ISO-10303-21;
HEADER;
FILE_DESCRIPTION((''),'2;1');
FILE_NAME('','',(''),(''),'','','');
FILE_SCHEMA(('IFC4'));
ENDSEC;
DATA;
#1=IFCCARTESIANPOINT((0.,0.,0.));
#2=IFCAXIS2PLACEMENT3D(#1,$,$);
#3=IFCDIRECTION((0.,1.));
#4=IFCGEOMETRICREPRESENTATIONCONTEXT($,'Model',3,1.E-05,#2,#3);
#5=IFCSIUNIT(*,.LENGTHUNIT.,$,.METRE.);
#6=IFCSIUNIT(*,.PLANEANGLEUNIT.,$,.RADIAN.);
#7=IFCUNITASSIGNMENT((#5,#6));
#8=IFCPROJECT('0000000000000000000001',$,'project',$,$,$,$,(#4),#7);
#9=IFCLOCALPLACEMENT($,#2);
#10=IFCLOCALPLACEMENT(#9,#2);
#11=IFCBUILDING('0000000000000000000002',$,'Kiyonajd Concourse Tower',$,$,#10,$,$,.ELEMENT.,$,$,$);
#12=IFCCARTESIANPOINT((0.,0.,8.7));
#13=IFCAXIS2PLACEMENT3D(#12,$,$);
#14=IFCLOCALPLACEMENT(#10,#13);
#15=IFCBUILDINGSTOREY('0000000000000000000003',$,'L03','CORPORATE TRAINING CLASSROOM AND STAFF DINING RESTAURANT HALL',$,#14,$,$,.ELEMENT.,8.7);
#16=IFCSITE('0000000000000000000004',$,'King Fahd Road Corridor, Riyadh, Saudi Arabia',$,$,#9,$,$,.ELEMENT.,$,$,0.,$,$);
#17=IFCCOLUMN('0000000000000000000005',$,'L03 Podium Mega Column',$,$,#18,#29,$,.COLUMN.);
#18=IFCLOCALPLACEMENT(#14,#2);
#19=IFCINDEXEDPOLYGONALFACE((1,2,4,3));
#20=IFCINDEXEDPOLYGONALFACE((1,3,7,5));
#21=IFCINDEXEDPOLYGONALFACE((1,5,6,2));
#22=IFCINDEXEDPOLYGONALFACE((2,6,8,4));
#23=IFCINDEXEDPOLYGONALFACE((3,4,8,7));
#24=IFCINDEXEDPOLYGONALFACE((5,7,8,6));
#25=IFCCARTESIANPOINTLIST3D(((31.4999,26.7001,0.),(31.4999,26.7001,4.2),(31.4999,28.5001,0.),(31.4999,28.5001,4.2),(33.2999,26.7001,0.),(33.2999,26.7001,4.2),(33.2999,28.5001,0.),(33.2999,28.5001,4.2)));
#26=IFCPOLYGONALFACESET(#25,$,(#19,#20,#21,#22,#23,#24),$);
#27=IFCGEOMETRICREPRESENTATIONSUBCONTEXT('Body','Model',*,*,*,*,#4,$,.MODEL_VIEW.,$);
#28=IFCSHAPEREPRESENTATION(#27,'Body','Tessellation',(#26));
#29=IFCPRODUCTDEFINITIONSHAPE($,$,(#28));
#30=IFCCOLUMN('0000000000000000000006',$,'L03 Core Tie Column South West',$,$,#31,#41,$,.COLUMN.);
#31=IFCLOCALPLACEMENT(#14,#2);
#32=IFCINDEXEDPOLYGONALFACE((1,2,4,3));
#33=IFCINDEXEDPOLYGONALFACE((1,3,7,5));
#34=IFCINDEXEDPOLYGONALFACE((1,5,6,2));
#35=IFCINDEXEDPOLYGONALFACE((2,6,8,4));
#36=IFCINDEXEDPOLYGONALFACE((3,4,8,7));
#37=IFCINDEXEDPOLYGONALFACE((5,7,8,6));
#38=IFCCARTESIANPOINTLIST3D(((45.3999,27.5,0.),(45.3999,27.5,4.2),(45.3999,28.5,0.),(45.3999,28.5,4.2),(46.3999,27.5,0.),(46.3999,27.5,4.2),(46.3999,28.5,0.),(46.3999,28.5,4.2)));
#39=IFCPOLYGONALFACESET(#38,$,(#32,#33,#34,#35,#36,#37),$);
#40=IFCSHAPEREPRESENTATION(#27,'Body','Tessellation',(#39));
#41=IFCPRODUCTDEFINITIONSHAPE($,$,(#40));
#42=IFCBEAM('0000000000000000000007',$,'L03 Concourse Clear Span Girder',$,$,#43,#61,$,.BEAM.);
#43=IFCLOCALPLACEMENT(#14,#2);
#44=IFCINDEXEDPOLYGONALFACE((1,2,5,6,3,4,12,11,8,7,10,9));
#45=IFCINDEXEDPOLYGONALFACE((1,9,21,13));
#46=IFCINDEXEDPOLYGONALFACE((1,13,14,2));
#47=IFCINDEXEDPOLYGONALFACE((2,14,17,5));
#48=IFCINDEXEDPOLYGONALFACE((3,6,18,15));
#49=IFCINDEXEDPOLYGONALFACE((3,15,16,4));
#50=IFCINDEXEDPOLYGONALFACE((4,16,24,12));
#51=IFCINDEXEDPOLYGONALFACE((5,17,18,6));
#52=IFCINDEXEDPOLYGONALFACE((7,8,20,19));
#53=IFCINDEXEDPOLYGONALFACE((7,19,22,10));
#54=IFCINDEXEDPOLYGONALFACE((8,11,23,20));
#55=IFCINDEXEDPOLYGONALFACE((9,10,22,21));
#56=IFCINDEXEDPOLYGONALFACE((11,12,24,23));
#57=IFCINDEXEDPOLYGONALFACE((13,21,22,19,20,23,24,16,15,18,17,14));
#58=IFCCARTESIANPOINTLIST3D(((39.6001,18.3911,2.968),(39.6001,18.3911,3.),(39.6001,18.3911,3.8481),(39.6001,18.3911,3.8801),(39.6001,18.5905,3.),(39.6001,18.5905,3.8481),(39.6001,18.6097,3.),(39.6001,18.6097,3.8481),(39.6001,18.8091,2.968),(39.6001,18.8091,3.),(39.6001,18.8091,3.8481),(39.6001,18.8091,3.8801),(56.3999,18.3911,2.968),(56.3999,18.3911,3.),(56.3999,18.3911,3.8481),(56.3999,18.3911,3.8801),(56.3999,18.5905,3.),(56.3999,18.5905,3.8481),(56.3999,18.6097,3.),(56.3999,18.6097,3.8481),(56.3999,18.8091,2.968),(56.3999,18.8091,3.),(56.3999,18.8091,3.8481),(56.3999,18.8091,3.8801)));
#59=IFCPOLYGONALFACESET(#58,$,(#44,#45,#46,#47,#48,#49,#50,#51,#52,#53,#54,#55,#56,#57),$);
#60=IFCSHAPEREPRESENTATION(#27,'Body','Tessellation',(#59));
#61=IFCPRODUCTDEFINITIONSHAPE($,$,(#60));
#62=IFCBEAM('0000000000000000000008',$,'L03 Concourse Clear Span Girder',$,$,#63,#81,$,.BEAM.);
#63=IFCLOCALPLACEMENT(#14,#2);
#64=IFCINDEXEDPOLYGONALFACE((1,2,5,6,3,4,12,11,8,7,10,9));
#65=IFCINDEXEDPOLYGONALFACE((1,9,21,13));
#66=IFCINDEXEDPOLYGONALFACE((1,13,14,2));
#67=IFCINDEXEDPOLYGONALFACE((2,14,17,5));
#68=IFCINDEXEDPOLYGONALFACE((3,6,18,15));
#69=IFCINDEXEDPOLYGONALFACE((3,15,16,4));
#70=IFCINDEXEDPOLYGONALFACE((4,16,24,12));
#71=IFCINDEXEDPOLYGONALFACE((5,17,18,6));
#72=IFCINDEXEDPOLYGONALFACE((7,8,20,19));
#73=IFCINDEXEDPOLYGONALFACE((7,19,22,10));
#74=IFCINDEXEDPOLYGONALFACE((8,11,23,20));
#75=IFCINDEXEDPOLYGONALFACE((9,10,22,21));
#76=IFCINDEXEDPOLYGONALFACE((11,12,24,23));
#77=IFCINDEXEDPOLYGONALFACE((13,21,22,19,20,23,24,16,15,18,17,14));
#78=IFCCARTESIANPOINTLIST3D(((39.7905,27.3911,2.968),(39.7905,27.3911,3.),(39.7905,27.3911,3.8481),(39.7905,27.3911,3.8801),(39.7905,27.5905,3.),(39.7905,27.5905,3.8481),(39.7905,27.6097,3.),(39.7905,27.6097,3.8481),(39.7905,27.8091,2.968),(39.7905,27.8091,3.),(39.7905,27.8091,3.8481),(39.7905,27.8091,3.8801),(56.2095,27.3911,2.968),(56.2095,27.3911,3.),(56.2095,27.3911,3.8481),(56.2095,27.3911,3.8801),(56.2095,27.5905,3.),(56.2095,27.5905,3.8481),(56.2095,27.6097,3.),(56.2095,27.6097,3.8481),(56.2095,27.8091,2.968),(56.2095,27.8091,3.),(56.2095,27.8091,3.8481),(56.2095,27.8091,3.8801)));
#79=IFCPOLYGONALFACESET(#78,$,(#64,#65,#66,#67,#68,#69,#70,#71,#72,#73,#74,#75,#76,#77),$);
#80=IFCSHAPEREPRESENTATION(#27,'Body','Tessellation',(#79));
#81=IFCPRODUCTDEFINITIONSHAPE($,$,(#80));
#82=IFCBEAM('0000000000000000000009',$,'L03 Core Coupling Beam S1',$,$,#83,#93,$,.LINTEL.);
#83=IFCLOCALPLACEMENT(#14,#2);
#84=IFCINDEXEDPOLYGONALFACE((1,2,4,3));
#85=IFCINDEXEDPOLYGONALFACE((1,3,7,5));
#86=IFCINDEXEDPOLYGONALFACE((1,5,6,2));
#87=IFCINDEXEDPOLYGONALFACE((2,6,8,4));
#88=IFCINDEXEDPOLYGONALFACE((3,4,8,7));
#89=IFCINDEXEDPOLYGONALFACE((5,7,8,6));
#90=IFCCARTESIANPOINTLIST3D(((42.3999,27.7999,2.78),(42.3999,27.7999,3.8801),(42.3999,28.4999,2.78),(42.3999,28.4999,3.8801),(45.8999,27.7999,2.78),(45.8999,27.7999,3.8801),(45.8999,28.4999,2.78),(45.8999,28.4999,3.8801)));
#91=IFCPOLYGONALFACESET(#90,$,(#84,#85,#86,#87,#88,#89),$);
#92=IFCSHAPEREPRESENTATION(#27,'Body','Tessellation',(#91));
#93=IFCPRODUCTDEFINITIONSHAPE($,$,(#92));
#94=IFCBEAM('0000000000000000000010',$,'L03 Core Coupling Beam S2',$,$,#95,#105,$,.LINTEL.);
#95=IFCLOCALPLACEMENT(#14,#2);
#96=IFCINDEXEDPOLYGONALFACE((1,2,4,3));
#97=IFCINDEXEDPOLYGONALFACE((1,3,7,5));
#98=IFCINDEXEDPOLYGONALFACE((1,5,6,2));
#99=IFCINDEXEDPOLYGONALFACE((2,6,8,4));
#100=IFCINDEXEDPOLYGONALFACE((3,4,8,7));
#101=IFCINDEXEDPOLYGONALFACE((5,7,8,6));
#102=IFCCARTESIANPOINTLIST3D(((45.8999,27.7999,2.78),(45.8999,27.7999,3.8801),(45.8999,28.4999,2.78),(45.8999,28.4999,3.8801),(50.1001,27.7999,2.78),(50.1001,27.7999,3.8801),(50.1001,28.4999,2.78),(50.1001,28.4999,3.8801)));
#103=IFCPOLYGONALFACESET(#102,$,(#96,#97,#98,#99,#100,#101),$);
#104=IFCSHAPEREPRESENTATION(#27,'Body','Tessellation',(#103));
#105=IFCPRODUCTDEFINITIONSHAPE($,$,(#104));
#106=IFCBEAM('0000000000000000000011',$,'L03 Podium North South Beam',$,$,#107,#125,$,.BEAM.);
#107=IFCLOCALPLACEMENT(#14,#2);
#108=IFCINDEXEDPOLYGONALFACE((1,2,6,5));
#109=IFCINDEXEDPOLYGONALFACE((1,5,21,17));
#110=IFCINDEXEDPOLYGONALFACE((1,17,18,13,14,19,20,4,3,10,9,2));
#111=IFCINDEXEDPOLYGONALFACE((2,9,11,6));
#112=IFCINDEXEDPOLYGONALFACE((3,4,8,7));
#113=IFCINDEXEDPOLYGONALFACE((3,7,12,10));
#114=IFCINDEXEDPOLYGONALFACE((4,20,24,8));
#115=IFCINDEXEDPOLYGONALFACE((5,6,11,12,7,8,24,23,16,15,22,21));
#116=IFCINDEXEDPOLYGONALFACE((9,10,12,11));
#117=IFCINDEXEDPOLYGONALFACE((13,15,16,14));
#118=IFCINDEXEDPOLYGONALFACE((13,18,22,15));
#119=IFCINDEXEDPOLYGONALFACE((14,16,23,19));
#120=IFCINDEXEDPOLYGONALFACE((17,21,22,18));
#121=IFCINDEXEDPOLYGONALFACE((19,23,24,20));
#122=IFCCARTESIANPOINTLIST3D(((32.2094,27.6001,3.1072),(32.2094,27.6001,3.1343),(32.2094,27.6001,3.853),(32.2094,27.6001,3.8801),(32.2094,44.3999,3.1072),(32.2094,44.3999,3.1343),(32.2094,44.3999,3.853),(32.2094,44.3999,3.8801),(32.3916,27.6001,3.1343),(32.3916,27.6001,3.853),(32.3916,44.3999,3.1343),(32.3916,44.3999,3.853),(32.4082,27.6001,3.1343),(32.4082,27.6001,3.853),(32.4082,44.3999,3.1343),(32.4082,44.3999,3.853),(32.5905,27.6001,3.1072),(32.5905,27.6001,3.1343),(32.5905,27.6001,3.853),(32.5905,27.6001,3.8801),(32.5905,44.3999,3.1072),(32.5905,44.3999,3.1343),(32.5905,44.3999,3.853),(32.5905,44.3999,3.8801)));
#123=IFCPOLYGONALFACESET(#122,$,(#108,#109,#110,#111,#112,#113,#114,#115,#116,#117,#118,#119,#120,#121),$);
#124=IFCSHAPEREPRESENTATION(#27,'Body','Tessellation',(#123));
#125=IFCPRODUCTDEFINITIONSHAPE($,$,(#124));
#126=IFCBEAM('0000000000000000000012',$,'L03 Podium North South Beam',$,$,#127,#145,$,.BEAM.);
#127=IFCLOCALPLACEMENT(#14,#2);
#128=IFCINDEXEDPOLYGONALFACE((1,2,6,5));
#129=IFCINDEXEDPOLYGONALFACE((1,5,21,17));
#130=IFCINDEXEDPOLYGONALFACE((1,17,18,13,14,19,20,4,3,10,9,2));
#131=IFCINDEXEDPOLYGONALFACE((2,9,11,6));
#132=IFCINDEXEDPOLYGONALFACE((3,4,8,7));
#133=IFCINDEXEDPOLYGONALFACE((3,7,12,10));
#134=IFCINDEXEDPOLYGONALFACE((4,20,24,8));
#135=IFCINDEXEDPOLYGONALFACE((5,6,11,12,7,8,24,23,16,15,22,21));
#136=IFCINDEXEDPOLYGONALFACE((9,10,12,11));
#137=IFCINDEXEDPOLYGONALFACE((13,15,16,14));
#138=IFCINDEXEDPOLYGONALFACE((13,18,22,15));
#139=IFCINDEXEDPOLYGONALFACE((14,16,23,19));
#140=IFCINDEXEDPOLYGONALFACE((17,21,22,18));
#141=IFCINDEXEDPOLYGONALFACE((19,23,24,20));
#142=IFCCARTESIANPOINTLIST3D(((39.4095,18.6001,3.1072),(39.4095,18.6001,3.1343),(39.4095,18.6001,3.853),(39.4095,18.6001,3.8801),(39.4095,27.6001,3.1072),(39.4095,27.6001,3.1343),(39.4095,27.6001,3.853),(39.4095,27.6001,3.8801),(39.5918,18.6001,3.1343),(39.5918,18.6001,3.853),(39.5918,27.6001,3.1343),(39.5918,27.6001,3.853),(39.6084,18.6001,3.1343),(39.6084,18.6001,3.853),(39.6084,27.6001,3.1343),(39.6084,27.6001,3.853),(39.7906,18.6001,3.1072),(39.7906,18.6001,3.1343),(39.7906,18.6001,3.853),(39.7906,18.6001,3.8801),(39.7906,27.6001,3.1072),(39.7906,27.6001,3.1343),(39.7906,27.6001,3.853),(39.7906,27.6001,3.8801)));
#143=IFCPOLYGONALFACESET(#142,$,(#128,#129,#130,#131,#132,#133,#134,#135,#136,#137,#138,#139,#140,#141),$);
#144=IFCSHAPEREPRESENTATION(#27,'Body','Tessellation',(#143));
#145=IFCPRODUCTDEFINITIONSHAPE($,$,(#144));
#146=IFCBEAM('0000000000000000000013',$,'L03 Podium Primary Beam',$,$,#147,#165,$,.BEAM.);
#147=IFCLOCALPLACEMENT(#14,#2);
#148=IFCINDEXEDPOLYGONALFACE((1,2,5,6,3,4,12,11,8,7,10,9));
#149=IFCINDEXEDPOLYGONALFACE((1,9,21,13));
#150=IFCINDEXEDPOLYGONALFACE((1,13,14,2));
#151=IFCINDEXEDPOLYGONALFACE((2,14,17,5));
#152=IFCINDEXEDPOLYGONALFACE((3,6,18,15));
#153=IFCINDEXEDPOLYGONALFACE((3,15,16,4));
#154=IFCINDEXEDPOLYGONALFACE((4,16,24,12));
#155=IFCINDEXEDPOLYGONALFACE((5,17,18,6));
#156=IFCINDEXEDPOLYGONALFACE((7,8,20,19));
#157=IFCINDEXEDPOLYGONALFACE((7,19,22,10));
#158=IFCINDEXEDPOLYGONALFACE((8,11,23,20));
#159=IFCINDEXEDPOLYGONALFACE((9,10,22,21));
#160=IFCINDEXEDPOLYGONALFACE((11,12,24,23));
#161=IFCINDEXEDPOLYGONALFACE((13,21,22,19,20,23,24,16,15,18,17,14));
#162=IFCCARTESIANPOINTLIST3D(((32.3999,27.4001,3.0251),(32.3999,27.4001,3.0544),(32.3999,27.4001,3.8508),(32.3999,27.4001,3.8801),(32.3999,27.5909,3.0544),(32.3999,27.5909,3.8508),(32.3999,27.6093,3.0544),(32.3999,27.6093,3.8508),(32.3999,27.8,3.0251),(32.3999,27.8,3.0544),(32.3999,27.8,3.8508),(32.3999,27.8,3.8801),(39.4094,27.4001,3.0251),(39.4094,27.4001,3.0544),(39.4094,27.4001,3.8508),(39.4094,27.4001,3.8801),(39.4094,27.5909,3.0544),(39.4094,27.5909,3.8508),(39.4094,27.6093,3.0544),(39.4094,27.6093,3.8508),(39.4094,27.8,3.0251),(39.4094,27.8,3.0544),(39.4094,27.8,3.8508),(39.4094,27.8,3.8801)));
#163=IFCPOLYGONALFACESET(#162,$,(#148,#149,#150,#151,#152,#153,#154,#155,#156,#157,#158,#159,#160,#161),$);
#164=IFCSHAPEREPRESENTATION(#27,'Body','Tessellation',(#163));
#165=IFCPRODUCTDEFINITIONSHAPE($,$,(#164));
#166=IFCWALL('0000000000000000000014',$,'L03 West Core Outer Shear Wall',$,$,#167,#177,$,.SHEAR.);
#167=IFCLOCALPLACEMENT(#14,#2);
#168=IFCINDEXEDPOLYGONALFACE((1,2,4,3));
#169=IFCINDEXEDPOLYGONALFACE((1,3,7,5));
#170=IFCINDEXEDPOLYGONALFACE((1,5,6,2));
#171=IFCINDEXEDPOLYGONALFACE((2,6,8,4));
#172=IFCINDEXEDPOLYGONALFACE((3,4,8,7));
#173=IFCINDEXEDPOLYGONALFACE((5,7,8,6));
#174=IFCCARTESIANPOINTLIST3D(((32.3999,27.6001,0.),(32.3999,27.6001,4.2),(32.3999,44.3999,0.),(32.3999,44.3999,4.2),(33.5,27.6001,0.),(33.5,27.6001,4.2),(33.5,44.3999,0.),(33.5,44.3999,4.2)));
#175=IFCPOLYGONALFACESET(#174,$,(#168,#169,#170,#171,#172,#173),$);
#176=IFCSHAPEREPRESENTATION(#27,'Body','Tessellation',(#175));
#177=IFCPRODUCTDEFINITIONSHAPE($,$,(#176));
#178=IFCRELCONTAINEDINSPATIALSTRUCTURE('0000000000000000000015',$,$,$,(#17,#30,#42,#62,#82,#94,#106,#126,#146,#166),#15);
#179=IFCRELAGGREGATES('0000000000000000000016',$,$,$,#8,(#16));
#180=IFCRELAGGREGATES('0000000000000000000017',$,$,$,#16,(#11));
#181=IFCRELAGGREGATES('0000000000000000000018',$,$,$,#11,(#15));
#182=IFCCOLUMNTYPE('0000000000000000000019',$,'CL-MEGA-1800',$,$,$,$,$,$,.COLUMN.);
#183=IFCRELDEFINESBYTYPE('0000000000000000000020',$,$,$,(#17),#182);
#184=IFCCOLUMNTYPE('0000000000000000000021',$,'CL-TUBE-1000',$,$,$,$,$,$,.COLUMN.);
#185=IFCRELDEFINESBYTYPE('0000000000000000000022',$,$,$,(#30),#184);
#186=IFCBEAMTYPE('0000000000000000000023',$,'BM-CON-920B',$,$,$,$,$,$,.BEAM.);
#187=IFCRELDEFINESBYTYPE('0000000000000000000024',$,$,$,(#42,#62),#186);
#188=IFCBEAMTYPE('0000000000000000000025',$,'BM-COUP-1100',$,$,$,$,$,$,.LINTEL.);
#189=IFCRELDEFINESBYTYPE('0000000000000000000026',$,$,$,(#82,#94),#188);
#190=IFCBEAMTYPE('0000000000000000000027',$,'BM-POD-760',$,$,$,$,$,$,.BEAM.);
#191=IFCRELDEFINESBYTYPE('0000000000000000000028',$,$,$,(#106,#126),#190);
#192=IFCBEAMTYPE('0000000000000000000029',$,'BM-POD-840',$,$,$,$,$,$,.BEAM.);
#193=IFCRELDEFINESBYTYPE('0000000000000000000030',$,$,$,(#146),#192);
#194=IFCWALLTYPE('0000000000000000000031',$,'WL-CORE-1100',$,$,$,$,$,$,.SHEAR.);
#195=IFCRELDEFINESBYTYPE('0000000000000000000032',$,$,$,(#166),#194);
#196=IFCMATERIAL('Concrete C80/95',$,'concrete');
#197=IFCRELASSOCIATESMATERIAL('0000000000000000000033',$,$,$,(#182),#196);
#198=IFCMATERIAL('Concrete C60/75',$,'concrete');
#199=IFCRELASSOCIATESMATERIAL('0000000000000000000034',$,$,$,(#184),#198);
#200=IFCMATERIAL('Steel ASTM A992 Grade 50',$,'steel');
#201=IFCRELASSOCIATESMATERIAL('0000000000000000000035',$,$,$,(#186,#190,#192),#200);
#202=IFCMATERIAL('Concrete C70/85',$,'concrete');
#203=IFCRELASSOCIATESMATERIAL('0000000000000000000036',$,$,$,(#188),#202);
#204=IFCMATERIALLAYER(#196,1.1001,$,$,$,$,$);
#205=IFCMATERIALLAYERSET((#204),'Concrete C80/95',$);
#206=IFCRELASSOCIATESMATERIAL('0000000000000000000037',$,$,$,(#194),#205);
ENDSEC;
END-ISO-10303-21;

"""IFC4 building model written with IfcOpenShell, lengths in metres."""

from ifc_helpers import new_model, si_unit, direction, frame, frame_2d, origin, origin_2d, place, context, subcontext, project, spatial, rectangle, i_section, extrude, material, layer, layer_set, material_profile, profile_set, type_object, element, save


model = new_model("IFC4")

# Units and contexts
model_context = context("Model", 3, precision=1e-05, world=origin(), true_north=direction((0.0, 1.0)))
body_context = subcontext(model_context, "Body", "Model", "MODEL_VIEW")
ifc_project = project(units=[si_unit("LENGTHUNIT", "METRE"), si_unit("PLANEANGLEUNIT", "RADIAN")], contexts=[model_context])

# Site, building, storey
site_placement = place(None, origin())
site = spatial("IfcSite", under=ifc_project, at=site_placement, Name="King Fahd Road Corridor, Riyadh, Saudi Arabia", CompositionType="ELEMENT", RefElevation=0.0)
building_placement = place(site_placement, origin())
building = spatial("IfcBuilding", under=site, at=building_placement, Name="Kiyonajd Concourse Tower", CompositionType="ELEMENT")
storey_placement = place(building_placement, frame((0.0, 0.0, 8.7)))
storey = spatial("IfcBuildingStorey", under=building, at=storey_placement, Name="L03", Description="CORPORATE TRAINING CLASSROOM AND STAFF DINING RESTAURANT HALL", CompositionType="ELEMENT", Elevation=8.7)

# Columns
ifc_material_1 = material(Name="Concrete C80/95", Category="concrete")
ifc_material_profile_1 = material_profile(ifc_material_1, rectangle(XDim=1.8, YDim=1.8, at=origin_2d()), Name="RC-1800x1800")
ifc_profile_set_1 = profile_set([ifc_material_profile_1], Name="Concrete C80/95")
column_type_1 = type_object("IfcColumnType", Name="CL-MEGA-1800", PredefinedType="COLUMN", material=ifc_profile_set_1)
column_1_placement = place(storey_placement, frame((32.3999, 27.6001, 0.0), z_axis=(0.0, 0.0, 1.0), x_axis=(1.0, 0.0, 0.0)))
element("IfcColumn", 1, at=column_1_placement, inside=storey, type_object=column_type_1, Name="L03 Podium Mega Column", PredefinedType="COLUMN", context=body_context, shape_type="SweptSolid", body=[
    extrude(rectangle(XDim=1.8, YDim=1.8, at=origin_2d()), origin(), (0.0, 0.0, 1.0), 4.2),
])
ifc_material_2 = material(Name="Concrete C60/75", Category="concrete")
ifc_material_profile_2 = material_profile(ifc_material_2, rectangle(XDim=1.0, YDim=1.0, at=origin_2d()), Name="RC-1000x1000")
ifc_profile_set_2 = profile_set([ifc_material_profile_2], Name="Concrete C60/75")
column_type_2 = type_object("IfcColumnType", Name="CL-TUBE-1000", PredefinedType="COLUMN", material=ifc_profile_set_2)
column_2_placement = place(storey_placement, frame((45.8999, 28.0, 0.0), z_axis=(0.0, 0.0, 1.0), x_axis=(1.0, 0.0, 0.0)))
element("IfcColumn", 2, at=column_2_placement, inside=storey, type_object=column_type_2, Name="L03 Core Tie Column South West", PredefinedType="COLUMN", context=body_context, shape_type="SweptSolid", body=[
    extrude(rectangle(XDim=1.0, YDim=1.0, at=origin_2d()), origin(), (0.0, 0.0, 1.0), 4.2),
])

# Beams
ifc_material_3 = material(Name="Steel ASTM A992 Grade 50", Category="steel")
ifc_material_profile_3 = material_profile(ifc_material_3, i_section(OverallWidth=0.418, OverallDepth=0.9121, WebThickness=0.0193, FlangeThickness=0.032, at=origin_2d()), Name="W920X342")
ifc_profile_set_3 = profile_set([ifc_material_profile_3], Name="Steel ASTM A992 Grade 50")
beam_type_1 = type_object("IfcBeamType", Name="BM-CON-920B", PredefinedType="BEAM", material=ifc_profile_set_3)
beam_1_placement = place(storey_placement, frame((39.6001, 18.6001, 3.4241), z_axis=(1.0, 0.0, 0.0), x_axis=(0.0, 1.0, 0.0)))
element("IfcBeam", 3, at=beam_1_placement, inside=storey, type_object=beam_type_1, Name="L03 Concourse Clear Span Girder", PredefinedType="BEAM", context=body_context, shape_type="SweptSolid", body=[
    extrude(i_section(OverallWidth=0.418, OverallDepth=0.9121, WebThickness=0.0193, FlangeThickness=0.032, at=origin_2d()), origin(), (0.0, 0.0, 1.0), 16.7998),
])
beam_2_placement = place(storey_placement, frame((39.7905, 27.6001, 3.4241), z_axis=(1.0, 0.0, 0.0), x_axis=(0.0, 1.0, 0.0)))
element("IfcBeam", 4, at=beam_2_placement, inside=storey, type_object=beam_type_1, Name="L03 Concourse Clear Span Girder", PredefinedType="BEAM", context=body_context, shape_type="SweptSolid", body=[
    extrude(i_section(OverallWidth=0.418, OverallDepth=0.9121, WebThickness=0.0193, FlangeThickness=0.032, at=origin_2d()), origin(), (0.0, 0.0, 1.0), 16.4189),
])
ifc_material_4 = material(Name="Concrete C70/85", Category="concrete")
ifc_material_profile_4 = material_profile(ifc_material_4, rectangle(XDim=0.7, YDim=1.1001, at=origin_2d()), Name="RCBM-700x1100")
ifc_profile_set_4 = profile_set([ifc_material_profile_4], Name="Concrete C70/85")
beam_type_2 = type_object("IfcBeamType", Name="BM-COUP-1100", PredefinedType="LINTEL", material=ifc_profile_set_4)
beam_3_placement = place(storey_placement, frame((42.3999, 28.1499, 3.3301), z_axis=(1.0, 0.0, 0.0), x_axis=(0.0, 1.0, 0.0)))
element("IfcBeam", 5, at=beam_3_placement, inside=storey, type_object=beam_type_2, Name="L03 Core Coupling Beam S1", PredefinedType="LINTEL", context=body_context, shape_type="SweptSolid", body=[
    extrude(rectangle(XDim=0.7, YDim=1.1001, at=origin_2d()), origin(), (0.0, 0.0, 1.0), 3.5),
])
beam_4_placement = place(storey_placement, frame((45.8999, 28.1499, 3.3301), z_axis=(1.0, 0.0, 0.0), x_axis=(0.0, 1.0, 0.0)))
element("IfcBeam", 6, at=beam_4_placement, inside=storey, type_object=beam_type_2, Name="L03 Core Coupling Beam S2", PredefinedType="LINTEL", context=body_context, shape_type="SweptSolid", body=[
    extrude(rectangle(XDim=0.7, YDim=1.1001, at=origin_2d()), origin(), (0.0, 0.0, 1.0), 4.2002),
])
ifc_material_profile_5 = material_profile(ifc_material_3, i_section(OverallWidth=0.3811, OverallDepth=0.7729, WebThickness=0.0166, FlangeThickness=0.0271, at=origin_2d()), Name="W760X257")
ifc_profile_set_5 = profile_set([ifc_material_profile_5], Name="Steel ASTM A992 Grade 50")
beam_type_3 = type_object("IfcBeamType", Name="BM-POD-760", PredefinedType="BEAM", material=ifc_profile_set_5)
beam_5_placement = place(storey_placement, frame((32.3999, 27.6001, 3.4937), z_axis=(0.0, 1.0, 0.0), x_axis=(-1.0, 0.0, 0.0)))
element("IfcBeam", 7, at=beam_5_placement, inside=storey, type_object=beam_type_3, Name="L03 Podium North South Beam", PredefinedType="BEAM", context=body_context, shape_type="SweptSolid", body=[
    extrude(i_section(OverallWidth=0.3811, OverallDepth=0.7729, WebThickness=0.0166, FlangeThickness=0.0271, at=origin_2d()), origin(), (0.0, 0.0, 1.0), 16.7998),
])
beam_6_placement = place(storey_placement, frame((39.6001, 18.6001, 3.4937), z_axis=(0.0, 1.0, 0.0), x_axis=(-1.0, 0.0, 0.0)))
element("IfcBeam", 8, at=beam_6_placement, inside=storey, type_object=beam_type_3, Name="L03 Podium North South Beam", PredefinedType="BEAM", context=body_context, shape_type="SweptSolid", body=[
    extrude(i_section(OverallWidth=0.3811, OverallDepth=0.7729, WebThickness=0.0166, FlangeThickness=0.0271, at=origin_2d()), origin(), (0.0, 0.0, 1.0), 9.0),
])
ifc_material_profile_6 = material_profile(ifc_material_3, i_section(OverallWidth=0.3999, OverallDepth=0.855, WebThickness=0.0183, FlangeThickness=0.0293, at=origin_2d()), Name="W840X299")
ifc_profile_set_6 = profile_set([ifc_material_profile_6], Name="Steel ASTM A992 Grade 50")
beam_type_4 = type_object("IfcBeamType", Name="BM-POD-840", PredefinedType="BEAM", material=ifc_profile_set_6)
beam_7_placement = place(storey_placement, frame((32.3999, 27.6001, 3.4526), z_axis=(1.0, 0.0, 0.0), x_axis=(0.0, 1.0, 0.0)))
element("IfcBeam", 9, at=beam_7_placement, inside=storey, type_object=beam_type_4, Name="L03 Podium Primary Beam", PredefinedType="BEAM", context=body_context, shape_type="SweptSolid", body=[
    extrude(i_section(OverallWidth=0.3999, OverallDepth=0.855, WebThickness=0.0183, FlangeThickness=0.0293, at=origin_2d()), origin(), (0.0, 0.0, 1.0), 7.0095),
])

# Wall
ifc_layer_1 = layer(ifc_material_1, 1.1001)
ifc_layer_set_1 = layer_set([ifc_layer_1], Name="Concrete C80/95")
wall_type_1 = type_object("IfcWallType", Name="WL-CORE-1100", PredefinedType="SHEAR", material=ifc_layer_set_1)
wall_1_placement = place(storey_placement, frame((32.95, 27.6001, 0.0), z_axis=(0.0, 0.0, 1.0), x_axis=(0.0, 1.0, 0.0)))
element("IfcWall", 10, at=wall_1_placement, inside=storey, type_object=wall_type_1, Name="L03 West Core Outer Shear Wall", PredefinedType="SHEAR", context=body_context, shape_type="SweptSolid", body=[
    extrude(rectangle(XDim=16.7998, YDim=1.1001, at=frame_2d((8.3999, 0.0))), origin(), (0.0, 0.0, 1.0), 4.2),
])

save(model, "model.ifc")
